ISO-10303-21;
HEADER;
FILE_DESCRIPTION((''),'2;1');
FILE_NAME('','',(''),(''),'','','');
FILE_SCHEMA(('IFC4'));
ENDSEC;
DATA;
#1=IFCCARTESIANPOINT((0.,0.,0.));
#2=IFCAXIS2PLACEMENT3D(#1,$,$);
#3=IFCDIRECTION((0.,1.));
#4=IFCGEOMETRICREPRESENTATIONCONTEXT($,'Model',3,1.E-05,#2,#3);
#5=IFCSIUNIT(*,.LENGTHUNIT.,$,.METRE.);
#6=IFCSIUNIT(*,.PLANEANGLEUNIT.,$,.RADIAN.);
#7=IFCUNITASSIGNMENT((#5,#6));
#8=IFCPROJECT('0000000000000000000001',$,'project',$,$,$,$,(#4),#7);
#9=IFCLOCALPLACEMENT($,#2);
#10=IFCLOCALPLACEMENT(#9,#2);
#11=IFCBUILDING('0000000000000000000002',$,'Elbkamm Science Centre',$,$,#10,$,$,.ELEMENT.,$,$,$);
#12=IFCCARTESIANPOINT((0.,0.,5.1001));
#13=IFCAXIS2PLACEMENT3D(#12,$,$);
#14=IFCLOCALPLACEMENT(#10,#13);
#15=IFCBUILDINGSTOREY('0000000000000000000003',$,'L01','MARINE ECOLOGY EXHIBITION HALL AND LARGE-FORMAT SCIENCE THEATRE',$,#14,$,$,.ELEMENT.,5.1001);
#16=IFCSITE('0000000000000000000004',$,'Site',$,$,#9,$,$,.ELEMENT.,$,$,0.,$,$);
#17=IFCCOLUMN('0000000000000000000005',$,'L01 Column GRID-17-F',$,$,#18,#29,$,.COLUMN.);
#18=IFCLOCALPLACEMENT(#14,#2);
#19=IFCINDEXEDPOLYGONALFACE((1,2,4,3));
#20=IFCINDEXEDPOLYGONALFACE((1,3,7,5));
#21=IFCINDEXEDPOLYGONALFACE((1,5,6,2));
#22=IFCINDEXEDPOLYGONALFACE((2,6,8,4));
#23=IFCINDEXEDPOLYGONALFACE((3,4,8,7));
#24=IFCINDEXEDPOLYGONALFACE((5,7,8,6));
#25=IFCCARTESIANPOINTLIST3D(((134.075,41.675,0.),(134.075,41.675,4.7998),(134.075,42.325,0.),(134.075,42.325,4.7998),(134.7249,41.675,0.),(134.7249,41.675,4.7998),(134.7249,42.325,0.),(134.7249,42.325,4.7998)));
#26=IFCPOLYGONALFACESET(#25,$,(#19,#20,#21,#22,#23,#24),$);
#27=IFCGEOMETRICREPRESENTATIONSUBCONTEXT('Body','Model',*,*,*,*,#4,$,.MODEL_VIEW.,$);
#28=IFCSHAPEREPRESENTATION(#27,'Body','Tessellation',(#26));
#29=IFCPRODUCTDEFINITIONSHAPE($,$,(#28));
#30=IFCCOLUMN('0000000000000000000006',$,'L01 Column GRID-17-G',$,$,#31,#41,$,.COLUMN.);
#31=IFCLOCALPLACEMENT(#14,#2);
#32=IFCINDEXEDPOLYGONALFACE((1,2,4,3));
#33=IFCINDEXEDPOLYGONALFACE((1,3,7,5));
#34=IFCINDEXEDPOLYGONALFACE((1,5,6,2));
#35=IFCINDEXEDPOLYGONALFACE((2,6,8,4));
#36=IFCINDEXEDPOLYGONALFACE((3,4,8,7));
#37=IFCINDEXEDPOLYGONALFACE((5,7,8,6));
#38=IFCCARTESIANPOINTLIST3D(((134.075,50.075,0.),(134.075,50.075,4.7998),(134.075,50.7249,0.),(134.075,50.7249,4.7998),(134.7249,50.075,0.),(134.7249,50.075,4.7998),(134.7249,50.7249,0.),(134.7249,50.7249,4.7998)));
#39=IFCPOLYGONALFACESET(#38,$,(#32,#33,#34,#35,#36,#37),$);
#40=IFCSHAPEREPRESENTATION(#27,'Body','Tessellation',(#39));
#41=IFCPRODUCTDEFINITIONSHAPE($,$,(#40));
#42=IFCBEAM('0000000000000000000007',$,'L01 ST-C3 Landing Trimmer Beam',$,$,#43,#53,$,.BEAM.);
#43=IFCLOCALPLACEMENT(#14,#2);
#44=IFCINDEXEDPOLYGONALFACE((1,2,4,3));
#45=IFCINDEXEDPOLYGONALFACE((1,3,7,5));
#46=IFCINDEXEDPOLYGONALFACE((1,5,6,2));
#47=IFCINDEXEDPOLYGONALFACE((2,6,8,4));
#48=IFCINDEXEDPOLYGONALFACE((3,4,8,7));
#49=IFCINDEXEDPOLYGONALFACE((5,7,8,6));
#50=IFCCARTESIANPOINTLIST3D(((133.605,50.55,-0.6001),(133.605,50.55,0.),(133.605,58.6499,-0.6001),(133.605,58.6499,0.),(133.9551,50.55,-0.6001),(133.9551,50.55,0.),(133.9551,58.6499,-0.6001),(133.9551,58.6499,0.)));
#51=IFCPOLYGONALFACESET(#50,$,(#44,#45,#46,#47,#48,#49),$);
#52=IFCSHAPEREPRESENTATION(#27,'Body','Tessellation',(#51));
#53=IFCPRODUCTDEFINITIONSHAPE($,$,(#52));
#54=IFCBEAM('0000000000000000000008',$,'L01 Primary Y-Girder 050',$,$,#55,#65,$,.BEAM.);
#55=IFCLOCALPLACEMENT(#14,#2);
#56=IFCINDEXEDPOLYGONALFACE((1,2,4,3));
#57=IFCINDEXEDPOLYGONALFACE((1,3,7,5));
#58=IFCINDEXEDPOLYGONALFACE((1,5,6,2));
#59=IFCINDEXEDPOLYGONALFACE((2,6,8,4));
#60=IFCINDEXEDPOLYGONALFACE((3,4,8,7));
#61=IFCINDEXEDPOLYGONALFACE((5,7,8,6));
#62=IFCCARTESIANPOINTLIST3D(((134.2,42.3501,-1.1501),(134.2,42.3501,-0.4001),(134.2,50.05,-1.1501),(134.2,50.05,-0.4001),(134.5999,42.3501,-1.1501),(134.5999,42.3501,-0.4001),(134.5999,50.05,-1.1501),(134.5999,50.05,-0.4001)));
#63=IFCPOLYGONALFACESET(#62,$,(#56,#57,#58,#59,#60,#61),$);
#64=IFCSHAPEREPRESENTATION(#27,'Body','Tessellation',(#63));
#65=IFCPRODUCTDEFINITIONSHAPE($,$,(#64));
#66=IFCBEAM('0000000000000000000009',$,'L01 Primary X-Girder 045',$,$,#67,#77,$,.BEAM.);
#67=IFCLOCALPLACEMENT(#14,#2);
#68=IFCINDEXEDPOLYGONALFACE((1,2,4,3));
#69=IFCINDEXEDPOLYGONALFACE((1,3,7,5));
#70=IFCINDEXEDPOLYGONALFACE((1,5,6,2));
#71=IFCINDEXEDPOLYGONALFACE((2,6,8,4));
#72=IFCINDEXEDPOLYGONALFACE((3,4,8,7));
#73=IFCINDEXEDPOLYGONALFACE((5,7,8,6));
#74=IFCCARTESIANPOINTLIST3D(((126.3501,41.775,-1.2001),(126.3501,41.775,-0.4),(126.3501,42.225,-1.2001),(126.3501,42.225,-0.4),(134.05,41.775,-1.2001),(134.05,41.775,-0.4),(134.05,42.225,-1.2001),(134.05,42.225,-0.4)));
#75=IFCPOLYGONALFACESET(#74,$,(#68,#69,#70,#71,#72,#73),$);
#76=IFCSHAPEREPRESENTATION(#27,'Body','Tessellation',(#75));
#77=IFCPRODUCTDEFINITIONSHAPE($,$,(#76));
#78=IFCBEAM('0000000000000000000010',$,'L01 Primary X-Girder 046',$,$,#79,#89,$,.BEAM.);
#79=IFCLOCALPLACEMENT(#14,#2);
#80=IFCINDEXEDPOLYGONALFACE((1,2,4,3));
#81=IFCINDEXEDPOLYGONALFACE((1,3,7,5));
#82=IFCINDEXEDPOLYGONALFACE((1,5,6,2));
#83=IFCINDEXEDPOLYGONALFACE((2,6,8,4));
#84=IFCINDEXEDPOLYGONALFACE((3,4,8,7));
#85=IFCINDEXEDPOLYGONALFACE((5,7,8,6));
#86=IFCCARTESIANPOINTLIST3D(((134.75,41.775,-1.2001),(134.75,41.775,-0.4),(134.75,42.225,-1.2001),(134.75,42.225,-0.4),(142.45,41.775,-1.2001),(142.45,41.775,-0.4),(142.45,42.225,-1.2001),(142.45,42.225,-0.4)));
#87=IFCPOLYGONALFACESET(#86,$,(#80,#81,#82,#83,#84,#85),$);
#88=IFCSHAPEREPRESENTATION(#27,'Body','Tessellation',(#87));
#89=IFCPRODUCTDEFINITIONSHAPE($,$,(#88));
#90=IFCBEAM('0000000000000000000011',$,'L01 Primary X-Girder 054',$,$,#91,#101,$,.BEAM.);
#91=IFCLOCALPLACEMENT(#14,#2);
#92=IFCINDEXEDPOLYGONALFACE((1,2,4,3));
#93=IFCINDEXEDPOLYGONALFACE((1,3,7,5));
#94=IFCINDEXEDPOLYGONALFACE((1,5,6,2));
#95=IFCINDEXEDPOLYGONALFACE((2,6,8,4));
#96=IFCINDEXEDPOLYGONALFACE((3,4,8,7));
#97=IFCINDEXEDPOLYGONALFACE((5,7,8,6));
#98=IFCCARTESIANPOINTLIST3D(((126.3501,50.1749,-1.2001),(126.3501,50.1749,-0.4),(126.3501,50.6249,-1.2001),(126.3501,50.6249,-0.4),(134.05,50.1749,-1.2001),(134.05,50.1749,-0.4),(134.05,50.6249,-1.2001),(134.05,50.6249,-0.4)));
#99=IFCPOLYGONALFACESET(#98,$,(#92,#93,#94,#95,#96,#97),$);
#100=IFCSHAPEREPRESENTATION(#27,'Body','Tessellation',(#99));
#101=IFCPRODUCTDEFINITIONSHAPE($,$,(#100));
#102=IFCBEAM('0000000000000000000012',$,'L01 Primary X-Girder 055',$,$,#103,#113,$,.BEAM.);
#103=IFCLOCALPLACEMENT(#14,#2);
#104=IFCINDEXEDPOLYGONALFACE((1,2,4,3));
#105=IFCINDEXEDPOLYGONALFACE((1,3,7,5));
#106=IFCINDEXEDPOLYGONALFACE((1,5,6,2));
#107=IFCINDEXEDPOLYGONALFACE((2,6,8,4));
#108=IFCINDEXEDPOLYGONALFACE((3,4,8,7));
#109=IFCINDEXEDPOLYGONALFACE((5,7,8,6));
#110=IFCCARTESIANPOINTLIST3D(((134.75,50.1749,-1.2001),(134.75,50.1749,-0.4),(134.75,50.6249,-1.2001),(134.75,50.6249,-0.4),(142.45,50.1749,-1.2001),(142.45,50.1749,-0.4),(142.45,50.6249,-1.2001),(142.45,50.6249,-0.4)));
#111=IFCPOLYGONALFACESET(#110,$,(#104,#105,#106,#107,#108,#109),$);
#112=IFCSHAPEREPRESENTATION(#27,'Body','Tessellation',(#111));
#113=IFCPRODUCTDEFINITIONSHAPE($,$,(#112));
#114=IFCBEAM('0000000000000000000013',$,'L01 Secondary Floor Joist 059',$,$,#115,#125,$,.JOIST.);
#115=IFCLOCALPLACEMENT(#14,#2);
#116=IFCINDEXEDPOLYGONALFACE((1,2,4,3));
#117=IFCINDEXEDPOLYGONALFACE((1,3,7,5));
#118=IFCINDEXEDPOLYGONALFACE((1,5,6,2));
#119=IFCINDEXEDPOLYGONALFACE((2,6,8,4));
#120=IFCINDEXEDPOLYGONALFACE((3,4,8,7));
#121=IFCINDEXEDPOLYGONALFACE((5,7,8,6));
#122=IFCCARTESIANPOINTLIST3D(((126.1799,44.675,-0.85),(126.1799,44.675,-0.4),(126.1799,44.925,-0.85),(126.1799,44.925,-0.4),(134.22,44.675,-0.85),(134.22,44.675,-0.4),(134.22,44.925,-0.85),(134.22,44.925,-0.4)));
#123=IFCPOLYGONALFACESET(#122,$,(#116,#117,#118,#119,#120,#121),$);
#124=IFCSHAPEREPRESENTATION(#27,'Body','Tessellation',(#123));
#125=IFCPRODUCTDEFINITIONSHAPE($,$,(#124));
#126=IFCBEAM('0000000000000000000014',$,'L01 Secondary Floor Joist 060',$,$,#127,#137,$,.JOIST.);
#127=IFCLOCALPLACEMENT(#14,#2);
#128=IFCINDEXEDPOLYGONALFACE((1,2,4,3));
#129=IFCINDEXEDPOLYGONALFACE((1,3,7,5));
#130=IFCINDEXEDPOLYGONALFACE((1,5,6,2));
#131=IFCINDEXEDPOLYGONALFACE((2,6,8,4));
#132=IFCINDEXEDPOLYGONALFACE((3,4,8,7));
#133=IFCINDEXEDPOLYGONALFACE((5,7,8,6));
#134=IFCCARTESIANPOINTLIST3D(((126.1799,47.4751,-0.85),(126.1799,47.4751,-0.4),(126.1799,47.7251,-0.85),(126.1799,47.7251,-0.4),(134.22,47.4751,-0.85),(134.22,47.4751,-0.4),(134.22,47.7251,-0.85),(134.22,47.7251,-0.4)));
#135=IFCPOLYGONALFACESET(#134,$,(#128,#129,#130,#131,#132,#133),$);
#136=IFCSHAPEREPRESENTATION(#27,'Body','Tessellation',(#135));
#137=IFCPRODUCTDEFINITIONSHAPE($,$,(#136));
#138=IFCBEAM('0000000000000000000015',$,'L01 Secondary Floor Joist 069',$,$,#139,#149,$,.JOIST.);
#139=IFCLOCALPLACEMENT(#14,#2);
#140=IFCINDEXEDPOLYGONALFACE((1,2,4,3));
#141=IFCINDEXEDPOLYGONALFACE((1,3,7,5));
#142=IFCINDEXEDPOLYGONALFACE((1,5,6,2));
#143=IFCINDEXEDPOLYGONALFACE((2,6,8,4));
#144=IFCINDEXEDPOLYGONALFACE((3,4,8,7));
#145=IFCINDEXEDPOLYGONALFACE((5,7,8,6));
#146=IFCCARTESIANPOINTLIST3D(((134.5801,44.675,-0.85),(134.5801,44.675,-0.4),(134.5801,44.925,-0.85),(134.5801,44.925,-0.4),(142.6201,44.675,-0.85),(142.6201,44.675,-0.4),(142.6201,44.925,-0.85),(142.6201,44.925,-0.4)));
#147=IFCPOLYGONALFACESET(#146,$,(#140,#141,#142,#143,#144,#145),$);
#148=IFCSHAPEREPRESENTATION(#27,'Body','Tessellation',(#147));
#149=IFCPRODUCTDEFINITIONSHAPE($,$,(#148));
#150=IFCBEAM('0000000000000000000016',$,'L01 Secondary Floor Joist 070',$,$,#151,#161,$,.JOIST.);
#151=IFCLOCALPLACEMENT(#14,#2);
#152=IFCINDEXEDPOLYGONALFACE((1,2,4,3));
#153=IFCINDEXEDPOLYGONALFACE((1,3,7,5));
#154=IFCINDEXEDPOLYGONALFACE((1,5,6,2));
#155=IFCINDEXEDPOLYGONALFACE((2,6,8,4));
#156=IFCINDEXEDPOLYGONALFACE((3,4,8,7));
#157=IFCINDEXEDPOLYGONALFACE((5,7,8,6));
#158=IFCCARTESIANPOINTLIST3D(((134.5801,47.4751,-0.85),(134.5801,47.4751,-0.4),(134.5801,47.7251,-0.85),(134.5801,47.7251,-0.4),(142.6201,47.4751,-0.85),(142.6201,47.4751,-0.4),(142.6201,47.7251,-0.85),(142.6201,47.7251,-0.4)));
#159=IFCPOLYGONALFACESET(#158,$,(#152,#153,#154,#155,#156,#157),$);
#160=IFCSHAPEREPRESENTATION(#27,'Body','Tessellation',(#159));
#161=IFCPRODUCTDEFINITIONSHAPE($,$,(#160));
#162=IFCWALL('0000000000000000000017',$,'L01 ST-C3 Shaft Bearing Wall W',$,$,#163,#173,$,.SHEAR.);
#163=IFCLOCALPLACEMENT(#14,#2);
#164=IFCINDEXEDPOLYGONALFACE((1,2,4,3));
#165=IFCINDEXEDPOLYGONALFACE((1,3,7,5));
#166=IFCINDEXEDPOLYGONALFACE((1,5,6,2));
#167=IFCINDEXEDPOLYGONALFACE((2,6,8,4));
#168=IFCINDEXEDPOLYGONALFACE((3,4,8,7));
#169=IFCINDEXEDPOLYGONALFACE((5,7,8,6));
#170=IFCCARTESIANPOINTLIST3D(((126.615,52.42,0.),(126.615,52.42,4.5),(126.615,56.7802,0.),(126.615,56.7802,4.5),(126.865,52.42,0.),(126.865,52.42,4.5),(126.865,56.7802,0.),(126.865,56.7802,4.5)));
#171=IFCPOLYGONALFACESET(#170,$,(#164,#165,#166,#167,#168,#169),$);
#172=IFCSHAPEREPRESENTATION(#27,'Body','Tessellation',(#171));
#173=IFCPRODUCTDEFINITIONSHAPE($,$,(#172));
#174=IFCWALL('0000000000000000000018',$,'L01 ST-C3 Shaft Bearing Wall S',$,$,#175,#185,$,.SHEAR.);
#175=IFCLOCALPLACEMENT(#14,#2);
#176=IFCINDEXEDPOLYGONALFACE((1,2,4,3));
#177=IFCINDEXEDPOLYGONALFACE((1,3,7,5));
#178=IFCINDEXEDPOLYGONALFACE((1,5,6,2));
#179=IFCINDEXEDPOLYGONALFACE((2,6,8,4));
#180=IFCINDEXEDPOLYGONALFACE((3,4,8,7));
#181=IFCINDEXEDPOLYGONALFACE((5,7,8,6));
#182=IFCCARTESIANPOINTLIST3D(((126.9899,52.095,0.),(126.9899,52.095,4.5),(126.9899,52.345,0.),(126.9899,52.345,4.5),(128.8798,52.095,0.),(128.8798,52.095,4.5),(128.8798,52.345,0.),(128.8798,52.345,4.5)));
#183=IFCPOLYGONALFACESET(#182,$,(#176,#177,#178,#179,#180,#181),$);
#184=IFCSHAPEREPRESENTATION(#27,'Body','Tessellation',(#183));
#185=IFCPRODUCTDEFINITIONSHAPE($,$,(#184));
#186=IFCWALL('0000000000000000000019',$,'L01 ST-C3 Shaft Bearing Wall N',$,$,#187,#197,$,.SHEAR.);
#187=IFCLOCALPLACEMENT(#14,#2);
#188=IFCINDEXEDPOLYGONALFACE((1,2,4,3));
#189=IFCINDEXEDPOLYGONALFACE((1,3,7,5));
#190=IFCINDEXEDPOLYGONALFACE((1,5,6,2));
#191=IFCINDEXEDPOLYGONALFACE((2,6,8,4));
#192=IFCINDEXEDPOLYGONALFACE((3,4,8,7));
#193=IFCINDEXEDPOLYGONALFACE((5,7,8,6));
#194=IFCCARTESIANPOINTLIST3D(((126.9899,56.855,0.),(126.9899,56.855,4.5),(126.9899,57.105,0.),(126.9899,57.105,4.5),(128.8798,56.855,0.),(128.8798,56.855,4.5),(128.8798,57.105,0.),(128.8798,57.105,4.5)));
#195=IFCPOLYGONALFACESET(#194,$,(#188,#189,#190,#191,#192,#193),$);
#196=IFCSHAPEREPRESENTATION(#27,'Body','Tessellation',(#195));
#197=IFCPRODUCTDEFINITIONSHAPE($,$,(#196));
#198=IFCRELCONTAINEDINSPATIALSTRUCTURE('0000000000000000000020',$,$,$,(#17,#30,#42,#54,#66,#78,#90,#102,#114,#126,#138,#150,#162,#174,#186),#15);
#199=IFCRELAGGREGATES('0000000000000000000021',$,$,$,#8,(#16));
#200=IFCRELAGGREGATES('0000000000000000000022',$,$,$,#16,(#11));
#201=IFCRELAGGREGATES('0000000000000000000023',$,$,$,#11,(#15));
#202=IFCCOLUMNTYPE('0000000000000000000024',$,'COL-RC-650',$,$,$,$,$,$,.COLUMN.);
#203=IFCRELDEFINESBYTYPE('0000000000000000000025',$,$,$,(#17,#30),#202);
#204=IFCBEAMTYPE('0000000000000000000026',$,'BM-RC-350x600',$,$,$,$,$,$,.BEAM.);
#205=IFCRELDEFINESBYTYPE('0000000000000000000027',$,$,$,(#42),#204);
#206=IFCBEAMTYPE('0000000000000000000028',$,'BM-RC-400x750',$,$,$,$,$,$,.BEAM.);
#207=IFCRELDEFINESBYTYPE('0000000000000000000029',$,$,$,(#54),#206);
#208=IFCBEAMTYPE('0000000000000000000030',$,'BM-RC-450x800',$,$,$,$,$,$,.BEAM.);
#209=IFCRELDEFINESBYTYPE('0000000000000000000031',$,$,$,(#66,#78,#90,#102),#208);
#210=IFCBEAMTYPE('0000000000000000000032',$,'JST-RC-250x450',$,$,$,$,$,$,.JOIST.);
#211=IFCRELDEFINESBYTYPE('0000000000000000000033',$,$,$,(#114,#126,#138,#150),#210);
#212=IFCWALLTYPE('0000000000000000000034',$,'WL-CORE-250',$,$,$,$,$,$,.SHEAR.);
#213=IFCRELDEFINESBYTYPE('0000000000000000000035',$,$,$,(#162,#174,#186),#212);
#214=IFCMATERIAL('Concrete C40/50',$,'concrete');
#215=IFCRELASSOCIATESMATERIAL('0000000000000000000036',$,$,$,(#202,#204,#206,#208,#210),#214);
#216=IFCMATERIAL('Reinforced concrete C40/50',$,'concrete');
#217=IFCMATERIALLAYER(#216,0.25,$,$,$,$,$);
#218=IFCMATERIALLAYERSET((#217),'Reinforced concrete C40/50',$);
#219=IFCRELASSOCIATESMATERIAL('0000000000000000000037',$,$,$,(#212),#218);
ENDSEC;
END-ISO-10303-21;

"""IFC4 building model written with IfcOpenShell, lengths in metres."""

from ifc_helpers import new_model, si_unit, direction, frame, frame_2d, origin, origin_2d, place, context, subcontext, project, spatial, rectangle, extrude, material, layer, layer_set, material_profile, profile_set, type_object, element, save


model = new_model("IFC4")

# Units and contexts
model_context = context("Model", 3, precision=1e-05, world=origin(), true_north=direction((0.0, 1.0)))
body_context = subcontext(model_context, "Body", "Model", "MODEL_VIEW")
ifc_project = project(units=[si_unit("LENGTHUNIT", "METRE"), si_unit("PLANEANGLEUNIT", "RADIAN")], contexts=[model_context])

# Site, building, storey
site_placement = place(None, origin())
site = spatial("IfcSite", under=ifc_project, at=site_placement, Name="Site", CompositionType="ELEMENT", RefElevation=0.0)
building_placement = place(site_placement, origin())
building = spatial("IfcBuilding", under=site, at=building_placement, Name="Elbkamm Science Centre", CompositionType="ELEMENT")
storey_placement = place(building_placement, frame((0.0, 0.0, 5.1001)))
storey = spatial("IfcBuildingStorey", under=building, at=storey_placement, Name="L01", Description="MARINE ECOLOGY EXHIBITION HALL AND LARGE-FORMAT SCIENCE THEATRE", CompositionType="ELEMENT", Elevation=5.1001)

# Columns
ifc_material_1 = material(Name="Concrete C40/50", Category="concrete")
ifc_material_profile_1 = material_profile(ifc_material_1, rectangle(XDim=0.6499, YDim=0.6499, at=origin_2d()), Name="RC 650x650")
ifc_profile_set_1 = profile_set([ifc_material_profile_1], Name="Concrete C40/50")
column_type = type_object("IfcColumnType", Name="COL-RC-650", PredefinedType="COLUMN", material=ifc_profile_set_1)
for number, where, z_axis, x_axis, name in (
    (1, (134.3999, 42.0, 0.0), (0.0, 0.0, 1.0), (1.0, 0.0, 0.0), "L01 Column GRID-17-F"),
    (2, (134.3999, 50.3999, 0.0), (0.0, 0.0, 1.0), (1.0, 0.0, 0.0), "L01 Column GRID-17-G"),
):
    element("IfcColumn", number, at=place(storey_placement, frame(where, z_axis=z_axis, x_axis=x_axis)), inside=storey, type_object=column_type, Name=name, PredefinedType="COLUMN", context=body_context, shape_type="SweptSolid", body=[
        extrude(rectangle(XDim=0.6499, YDim=0.6499, at=origin_2d()), origin(), (0.0, 0.0, 1.0), 4.7998),
    ])

# Beams
ifc_material_profile_2 = material_profile(ifc_material_1, rectangle(XDim=0.3501, YDim=0.6001, at=origin_2d()), Name="RC 350x600")
ifc_profile_set_2 = profile_set([ifc_material_profile_2], Name="Concrete C40/50")
beam_type_1 = type_object("IfcBeamType", Name="BM-RC-350x600", PredefinedType="BEAM", material=ifc_profile_set_2)
beam_1_placement = place(storey_placement, frame((133.78, 50.55, -0.3), z_axis=(0.0, 1.0, 0.0), x_axis=(-1.0, 0.0, 0.0)))
element("IfcBeam", 3, at=beam_1_placement, inside=storey, type_object=beam_type_1, Name="L01 ST-C3 Landing Trimmer Beam", PredefinedType="BEAM", context=body_context, shape_type="SweptSolid", body=[
    extrude(rectangle(XDim=0.3501, YDim=0.6001, at=origin_2d()), origin(), (0.0, 0.0, 1.0), 8.0999),
])
ifc_material_profile_3 = material_profile(ifc_material_1, rectangle(XDim=0.3999, YDim=0.75, at=origin_2d()), Name="RC 400x750")
ifc_profile_set_3 = profile_set([ifc_material_profile_3], Name="Concrete C40/50")
beam_type_2 = type_object("IfcBeamType", Name="BM-RC-400x750", PredefinedType="BEAM", material=ifc_profile_set_3)
beam_2_placement = place(storey_placement, frame((134.3999, 42.3501, -0.7751), z_axis=(0.0, 1.0, 0.0), x_axis=(-1.0, 0.0, 0.0)))
element("IfcBeam", 4, at=beam_2_placement, inside=storey, type_object=beam_type_2, Name="L01 Primary Y-Girder 050", PredefinedType="BEAM", context=body_context, shape_type="SweptSolid", body=[
    extrude(rectangle(XDim=0.3999, YDim=0.75, at=origin_2d()), origin(), (0.0, 0.0, 1.0), 7.7),
])
ifc_material_profile_4 = material_profile(ifc_material_1, rectangle(XDim=0.45, YDim=0.8, at=origin_2d()), Name="RC 450x800")
ifc_profile_set_4 = profile_set([ifc_material_profile_4], Name="Concrete C40/50")
beam_type_3 = type_object("IfcBeamType", Name="BM-RC-450x800", PredefinedType="BEAM", material=ifc_profile_set_4)
for number, where, z_axis, x_axis, name in (
    (5, (126.3501, 42.0, -0.8), (1.0, 0.0, 0.0), (0.0, 1.0, 0.0), "L01 Primary X-Girder 045"),
    (6, (134.75, 42.0, -0.8), (1.0, 0.0, 0.0), (0.0, 1.0, 0.0), "L01 Primary X-Girder 046"),
    (7, (126.3501, 50.3999, -0.8), (1.0, 0.0, 0.0), (0.0, 1.0, 0.0), "L01 Primary X-Girder 054"),
    (8, (134.75, 50.3999, -0.8), (1.0, 0.0, 0.0), (0.0, 1.0, 0.0), "L01 Primary X-Girder 055"),
):
    element("IfcBeam", number, at=place(storey_placement, frame(where, z_axis=z_axis, x_axis=x_axis)), inside=storey, type_object=beam_type_3, Name=name, PredefinedType="BEAM", context=body_context, shape_type="SweptSolid", body=[
        extrude(rectangle(XDim=0.45, YDim=0.8, at=origin_2d()), origin(), (0.0, 0.0, 1.0), 7.7),
    ])
ifc_material_profile_5 = material_profile(ifc_material_1, rectangle(XDim=0.25, YDim=0.45, at=origin_2d()), Name="RC 250x450")
ifc_profile_set_5 = profile_set([ifc_material_profile_5], Name="Concrete C40/50")
beam_type_4 = type_object("IfcBeamType", Name="JST-RC-250x450", PredefinedType="JOIST", material=ifc_profile_set_5)
for number, where, z_axis, x_axis, name in (
    (9, (126.1799, 44.8, -0.625), (1.0, 0.0, 0.0), (0.0, 1.0, 0.0), "L01 Secondary Floor Joist 059"),
    (10, (126.1799, 47.6001, -0.625), (1.0, 0.0, 0.0), (0.0, 1.0, 0.0), "L01 Secondary Floor Joist 060"),
    (11, (134.5801, 44.8, -0.625), (1.0, 0.0, 0.0), (0.0, 1.0, 0.0), "L01 Secondary Floor Joist 069"),
    (12, (134.5801, 47.6001, -0.625), (1.0, 0.0, 0.0), (0.0, 1.0, 0.0), "L01 Secondary Floor Joist 070"),
):
    element("IfcBeam", number, at=place(storey_placement, frame(where, z_axis=z_axis, x_axis=x_axis)), inside=storey, type_object=beam_type_4, Name=name, PredefinedType="JOIST", context=body_context, shape_type="SweptSolid", body=[
        extrude(rectangle(XDim=0.25, YDim=0.45, at=origin_2d()), origin(), (0.0, 0.0, 1.0), 8.04),
    ])

# Walls
ifc_material_2 = material(Name="Reinforced concrete C40/50", Category="concrete")
ifc_layer_1 = layer(ifc_material_2, 0.25)
ifc_layer_set_1 = layer_set([ifc_layer_1], Name="Reinforced concrete C40/50")
wall_type_1 = type_object("IfcWallType", Name="WL-CORE-250", PredefinedType="SHEAR", material=ifc_layer_set_1)
wall_1_placement = place(storey_placement, frame((126.74, 52.4199, 0.0), z_axis=(0.0, 0.0, 1.0), x_axis=(0.0, 1.0, 0.0)))
element("IfcWall", 13, at=wall_1_placement, inside=storey, type_object=wall_type_1, Name="L01 ST-C3 Shaft Bearing Wall W", PredefinedType="SHEAR", context=body_context, shape_type="SweptSolid", body=[
    extrude(rectangle(XDim=4.3601, YDim=0.25, at=frame_2d((2.1802, 0.0))), origin(), (0.0, 0.0, 1.0), 4.5),
])
for number, where, z_axis, x_axis, name in (
    (14, (126.99, 52.22, 0.0), (0.0, 0.0, 1.0), (1.0, 0.0, 0.0), "L01 ST-C3 Shaft Bearing Wall S"),
    (15, (126.99, 56.98, 0.0), (0.0, 0.0, 1.0), (1.0, 0.0, 0.0), "L01 ST-C3 Shaft Bearing Wall N"),
):
    element("IfcWall", number, at=place(storey_placement, frame(where, z_axis=z_axis, x_axis=x_axis)), inside=storey, type_object=wall_type_1, Name=name, PredefinedType="SHEAR", context=body_context, shape_type="SweptSolid", body=[
        extrude(rectangle(XDim=1.8899, YDim=0.25, at=frame_2d((0.9448, 0.0))), origin(), (0.0, 0.0, 1.0), 4.5),
    ])

save(model, "model.ifc")
